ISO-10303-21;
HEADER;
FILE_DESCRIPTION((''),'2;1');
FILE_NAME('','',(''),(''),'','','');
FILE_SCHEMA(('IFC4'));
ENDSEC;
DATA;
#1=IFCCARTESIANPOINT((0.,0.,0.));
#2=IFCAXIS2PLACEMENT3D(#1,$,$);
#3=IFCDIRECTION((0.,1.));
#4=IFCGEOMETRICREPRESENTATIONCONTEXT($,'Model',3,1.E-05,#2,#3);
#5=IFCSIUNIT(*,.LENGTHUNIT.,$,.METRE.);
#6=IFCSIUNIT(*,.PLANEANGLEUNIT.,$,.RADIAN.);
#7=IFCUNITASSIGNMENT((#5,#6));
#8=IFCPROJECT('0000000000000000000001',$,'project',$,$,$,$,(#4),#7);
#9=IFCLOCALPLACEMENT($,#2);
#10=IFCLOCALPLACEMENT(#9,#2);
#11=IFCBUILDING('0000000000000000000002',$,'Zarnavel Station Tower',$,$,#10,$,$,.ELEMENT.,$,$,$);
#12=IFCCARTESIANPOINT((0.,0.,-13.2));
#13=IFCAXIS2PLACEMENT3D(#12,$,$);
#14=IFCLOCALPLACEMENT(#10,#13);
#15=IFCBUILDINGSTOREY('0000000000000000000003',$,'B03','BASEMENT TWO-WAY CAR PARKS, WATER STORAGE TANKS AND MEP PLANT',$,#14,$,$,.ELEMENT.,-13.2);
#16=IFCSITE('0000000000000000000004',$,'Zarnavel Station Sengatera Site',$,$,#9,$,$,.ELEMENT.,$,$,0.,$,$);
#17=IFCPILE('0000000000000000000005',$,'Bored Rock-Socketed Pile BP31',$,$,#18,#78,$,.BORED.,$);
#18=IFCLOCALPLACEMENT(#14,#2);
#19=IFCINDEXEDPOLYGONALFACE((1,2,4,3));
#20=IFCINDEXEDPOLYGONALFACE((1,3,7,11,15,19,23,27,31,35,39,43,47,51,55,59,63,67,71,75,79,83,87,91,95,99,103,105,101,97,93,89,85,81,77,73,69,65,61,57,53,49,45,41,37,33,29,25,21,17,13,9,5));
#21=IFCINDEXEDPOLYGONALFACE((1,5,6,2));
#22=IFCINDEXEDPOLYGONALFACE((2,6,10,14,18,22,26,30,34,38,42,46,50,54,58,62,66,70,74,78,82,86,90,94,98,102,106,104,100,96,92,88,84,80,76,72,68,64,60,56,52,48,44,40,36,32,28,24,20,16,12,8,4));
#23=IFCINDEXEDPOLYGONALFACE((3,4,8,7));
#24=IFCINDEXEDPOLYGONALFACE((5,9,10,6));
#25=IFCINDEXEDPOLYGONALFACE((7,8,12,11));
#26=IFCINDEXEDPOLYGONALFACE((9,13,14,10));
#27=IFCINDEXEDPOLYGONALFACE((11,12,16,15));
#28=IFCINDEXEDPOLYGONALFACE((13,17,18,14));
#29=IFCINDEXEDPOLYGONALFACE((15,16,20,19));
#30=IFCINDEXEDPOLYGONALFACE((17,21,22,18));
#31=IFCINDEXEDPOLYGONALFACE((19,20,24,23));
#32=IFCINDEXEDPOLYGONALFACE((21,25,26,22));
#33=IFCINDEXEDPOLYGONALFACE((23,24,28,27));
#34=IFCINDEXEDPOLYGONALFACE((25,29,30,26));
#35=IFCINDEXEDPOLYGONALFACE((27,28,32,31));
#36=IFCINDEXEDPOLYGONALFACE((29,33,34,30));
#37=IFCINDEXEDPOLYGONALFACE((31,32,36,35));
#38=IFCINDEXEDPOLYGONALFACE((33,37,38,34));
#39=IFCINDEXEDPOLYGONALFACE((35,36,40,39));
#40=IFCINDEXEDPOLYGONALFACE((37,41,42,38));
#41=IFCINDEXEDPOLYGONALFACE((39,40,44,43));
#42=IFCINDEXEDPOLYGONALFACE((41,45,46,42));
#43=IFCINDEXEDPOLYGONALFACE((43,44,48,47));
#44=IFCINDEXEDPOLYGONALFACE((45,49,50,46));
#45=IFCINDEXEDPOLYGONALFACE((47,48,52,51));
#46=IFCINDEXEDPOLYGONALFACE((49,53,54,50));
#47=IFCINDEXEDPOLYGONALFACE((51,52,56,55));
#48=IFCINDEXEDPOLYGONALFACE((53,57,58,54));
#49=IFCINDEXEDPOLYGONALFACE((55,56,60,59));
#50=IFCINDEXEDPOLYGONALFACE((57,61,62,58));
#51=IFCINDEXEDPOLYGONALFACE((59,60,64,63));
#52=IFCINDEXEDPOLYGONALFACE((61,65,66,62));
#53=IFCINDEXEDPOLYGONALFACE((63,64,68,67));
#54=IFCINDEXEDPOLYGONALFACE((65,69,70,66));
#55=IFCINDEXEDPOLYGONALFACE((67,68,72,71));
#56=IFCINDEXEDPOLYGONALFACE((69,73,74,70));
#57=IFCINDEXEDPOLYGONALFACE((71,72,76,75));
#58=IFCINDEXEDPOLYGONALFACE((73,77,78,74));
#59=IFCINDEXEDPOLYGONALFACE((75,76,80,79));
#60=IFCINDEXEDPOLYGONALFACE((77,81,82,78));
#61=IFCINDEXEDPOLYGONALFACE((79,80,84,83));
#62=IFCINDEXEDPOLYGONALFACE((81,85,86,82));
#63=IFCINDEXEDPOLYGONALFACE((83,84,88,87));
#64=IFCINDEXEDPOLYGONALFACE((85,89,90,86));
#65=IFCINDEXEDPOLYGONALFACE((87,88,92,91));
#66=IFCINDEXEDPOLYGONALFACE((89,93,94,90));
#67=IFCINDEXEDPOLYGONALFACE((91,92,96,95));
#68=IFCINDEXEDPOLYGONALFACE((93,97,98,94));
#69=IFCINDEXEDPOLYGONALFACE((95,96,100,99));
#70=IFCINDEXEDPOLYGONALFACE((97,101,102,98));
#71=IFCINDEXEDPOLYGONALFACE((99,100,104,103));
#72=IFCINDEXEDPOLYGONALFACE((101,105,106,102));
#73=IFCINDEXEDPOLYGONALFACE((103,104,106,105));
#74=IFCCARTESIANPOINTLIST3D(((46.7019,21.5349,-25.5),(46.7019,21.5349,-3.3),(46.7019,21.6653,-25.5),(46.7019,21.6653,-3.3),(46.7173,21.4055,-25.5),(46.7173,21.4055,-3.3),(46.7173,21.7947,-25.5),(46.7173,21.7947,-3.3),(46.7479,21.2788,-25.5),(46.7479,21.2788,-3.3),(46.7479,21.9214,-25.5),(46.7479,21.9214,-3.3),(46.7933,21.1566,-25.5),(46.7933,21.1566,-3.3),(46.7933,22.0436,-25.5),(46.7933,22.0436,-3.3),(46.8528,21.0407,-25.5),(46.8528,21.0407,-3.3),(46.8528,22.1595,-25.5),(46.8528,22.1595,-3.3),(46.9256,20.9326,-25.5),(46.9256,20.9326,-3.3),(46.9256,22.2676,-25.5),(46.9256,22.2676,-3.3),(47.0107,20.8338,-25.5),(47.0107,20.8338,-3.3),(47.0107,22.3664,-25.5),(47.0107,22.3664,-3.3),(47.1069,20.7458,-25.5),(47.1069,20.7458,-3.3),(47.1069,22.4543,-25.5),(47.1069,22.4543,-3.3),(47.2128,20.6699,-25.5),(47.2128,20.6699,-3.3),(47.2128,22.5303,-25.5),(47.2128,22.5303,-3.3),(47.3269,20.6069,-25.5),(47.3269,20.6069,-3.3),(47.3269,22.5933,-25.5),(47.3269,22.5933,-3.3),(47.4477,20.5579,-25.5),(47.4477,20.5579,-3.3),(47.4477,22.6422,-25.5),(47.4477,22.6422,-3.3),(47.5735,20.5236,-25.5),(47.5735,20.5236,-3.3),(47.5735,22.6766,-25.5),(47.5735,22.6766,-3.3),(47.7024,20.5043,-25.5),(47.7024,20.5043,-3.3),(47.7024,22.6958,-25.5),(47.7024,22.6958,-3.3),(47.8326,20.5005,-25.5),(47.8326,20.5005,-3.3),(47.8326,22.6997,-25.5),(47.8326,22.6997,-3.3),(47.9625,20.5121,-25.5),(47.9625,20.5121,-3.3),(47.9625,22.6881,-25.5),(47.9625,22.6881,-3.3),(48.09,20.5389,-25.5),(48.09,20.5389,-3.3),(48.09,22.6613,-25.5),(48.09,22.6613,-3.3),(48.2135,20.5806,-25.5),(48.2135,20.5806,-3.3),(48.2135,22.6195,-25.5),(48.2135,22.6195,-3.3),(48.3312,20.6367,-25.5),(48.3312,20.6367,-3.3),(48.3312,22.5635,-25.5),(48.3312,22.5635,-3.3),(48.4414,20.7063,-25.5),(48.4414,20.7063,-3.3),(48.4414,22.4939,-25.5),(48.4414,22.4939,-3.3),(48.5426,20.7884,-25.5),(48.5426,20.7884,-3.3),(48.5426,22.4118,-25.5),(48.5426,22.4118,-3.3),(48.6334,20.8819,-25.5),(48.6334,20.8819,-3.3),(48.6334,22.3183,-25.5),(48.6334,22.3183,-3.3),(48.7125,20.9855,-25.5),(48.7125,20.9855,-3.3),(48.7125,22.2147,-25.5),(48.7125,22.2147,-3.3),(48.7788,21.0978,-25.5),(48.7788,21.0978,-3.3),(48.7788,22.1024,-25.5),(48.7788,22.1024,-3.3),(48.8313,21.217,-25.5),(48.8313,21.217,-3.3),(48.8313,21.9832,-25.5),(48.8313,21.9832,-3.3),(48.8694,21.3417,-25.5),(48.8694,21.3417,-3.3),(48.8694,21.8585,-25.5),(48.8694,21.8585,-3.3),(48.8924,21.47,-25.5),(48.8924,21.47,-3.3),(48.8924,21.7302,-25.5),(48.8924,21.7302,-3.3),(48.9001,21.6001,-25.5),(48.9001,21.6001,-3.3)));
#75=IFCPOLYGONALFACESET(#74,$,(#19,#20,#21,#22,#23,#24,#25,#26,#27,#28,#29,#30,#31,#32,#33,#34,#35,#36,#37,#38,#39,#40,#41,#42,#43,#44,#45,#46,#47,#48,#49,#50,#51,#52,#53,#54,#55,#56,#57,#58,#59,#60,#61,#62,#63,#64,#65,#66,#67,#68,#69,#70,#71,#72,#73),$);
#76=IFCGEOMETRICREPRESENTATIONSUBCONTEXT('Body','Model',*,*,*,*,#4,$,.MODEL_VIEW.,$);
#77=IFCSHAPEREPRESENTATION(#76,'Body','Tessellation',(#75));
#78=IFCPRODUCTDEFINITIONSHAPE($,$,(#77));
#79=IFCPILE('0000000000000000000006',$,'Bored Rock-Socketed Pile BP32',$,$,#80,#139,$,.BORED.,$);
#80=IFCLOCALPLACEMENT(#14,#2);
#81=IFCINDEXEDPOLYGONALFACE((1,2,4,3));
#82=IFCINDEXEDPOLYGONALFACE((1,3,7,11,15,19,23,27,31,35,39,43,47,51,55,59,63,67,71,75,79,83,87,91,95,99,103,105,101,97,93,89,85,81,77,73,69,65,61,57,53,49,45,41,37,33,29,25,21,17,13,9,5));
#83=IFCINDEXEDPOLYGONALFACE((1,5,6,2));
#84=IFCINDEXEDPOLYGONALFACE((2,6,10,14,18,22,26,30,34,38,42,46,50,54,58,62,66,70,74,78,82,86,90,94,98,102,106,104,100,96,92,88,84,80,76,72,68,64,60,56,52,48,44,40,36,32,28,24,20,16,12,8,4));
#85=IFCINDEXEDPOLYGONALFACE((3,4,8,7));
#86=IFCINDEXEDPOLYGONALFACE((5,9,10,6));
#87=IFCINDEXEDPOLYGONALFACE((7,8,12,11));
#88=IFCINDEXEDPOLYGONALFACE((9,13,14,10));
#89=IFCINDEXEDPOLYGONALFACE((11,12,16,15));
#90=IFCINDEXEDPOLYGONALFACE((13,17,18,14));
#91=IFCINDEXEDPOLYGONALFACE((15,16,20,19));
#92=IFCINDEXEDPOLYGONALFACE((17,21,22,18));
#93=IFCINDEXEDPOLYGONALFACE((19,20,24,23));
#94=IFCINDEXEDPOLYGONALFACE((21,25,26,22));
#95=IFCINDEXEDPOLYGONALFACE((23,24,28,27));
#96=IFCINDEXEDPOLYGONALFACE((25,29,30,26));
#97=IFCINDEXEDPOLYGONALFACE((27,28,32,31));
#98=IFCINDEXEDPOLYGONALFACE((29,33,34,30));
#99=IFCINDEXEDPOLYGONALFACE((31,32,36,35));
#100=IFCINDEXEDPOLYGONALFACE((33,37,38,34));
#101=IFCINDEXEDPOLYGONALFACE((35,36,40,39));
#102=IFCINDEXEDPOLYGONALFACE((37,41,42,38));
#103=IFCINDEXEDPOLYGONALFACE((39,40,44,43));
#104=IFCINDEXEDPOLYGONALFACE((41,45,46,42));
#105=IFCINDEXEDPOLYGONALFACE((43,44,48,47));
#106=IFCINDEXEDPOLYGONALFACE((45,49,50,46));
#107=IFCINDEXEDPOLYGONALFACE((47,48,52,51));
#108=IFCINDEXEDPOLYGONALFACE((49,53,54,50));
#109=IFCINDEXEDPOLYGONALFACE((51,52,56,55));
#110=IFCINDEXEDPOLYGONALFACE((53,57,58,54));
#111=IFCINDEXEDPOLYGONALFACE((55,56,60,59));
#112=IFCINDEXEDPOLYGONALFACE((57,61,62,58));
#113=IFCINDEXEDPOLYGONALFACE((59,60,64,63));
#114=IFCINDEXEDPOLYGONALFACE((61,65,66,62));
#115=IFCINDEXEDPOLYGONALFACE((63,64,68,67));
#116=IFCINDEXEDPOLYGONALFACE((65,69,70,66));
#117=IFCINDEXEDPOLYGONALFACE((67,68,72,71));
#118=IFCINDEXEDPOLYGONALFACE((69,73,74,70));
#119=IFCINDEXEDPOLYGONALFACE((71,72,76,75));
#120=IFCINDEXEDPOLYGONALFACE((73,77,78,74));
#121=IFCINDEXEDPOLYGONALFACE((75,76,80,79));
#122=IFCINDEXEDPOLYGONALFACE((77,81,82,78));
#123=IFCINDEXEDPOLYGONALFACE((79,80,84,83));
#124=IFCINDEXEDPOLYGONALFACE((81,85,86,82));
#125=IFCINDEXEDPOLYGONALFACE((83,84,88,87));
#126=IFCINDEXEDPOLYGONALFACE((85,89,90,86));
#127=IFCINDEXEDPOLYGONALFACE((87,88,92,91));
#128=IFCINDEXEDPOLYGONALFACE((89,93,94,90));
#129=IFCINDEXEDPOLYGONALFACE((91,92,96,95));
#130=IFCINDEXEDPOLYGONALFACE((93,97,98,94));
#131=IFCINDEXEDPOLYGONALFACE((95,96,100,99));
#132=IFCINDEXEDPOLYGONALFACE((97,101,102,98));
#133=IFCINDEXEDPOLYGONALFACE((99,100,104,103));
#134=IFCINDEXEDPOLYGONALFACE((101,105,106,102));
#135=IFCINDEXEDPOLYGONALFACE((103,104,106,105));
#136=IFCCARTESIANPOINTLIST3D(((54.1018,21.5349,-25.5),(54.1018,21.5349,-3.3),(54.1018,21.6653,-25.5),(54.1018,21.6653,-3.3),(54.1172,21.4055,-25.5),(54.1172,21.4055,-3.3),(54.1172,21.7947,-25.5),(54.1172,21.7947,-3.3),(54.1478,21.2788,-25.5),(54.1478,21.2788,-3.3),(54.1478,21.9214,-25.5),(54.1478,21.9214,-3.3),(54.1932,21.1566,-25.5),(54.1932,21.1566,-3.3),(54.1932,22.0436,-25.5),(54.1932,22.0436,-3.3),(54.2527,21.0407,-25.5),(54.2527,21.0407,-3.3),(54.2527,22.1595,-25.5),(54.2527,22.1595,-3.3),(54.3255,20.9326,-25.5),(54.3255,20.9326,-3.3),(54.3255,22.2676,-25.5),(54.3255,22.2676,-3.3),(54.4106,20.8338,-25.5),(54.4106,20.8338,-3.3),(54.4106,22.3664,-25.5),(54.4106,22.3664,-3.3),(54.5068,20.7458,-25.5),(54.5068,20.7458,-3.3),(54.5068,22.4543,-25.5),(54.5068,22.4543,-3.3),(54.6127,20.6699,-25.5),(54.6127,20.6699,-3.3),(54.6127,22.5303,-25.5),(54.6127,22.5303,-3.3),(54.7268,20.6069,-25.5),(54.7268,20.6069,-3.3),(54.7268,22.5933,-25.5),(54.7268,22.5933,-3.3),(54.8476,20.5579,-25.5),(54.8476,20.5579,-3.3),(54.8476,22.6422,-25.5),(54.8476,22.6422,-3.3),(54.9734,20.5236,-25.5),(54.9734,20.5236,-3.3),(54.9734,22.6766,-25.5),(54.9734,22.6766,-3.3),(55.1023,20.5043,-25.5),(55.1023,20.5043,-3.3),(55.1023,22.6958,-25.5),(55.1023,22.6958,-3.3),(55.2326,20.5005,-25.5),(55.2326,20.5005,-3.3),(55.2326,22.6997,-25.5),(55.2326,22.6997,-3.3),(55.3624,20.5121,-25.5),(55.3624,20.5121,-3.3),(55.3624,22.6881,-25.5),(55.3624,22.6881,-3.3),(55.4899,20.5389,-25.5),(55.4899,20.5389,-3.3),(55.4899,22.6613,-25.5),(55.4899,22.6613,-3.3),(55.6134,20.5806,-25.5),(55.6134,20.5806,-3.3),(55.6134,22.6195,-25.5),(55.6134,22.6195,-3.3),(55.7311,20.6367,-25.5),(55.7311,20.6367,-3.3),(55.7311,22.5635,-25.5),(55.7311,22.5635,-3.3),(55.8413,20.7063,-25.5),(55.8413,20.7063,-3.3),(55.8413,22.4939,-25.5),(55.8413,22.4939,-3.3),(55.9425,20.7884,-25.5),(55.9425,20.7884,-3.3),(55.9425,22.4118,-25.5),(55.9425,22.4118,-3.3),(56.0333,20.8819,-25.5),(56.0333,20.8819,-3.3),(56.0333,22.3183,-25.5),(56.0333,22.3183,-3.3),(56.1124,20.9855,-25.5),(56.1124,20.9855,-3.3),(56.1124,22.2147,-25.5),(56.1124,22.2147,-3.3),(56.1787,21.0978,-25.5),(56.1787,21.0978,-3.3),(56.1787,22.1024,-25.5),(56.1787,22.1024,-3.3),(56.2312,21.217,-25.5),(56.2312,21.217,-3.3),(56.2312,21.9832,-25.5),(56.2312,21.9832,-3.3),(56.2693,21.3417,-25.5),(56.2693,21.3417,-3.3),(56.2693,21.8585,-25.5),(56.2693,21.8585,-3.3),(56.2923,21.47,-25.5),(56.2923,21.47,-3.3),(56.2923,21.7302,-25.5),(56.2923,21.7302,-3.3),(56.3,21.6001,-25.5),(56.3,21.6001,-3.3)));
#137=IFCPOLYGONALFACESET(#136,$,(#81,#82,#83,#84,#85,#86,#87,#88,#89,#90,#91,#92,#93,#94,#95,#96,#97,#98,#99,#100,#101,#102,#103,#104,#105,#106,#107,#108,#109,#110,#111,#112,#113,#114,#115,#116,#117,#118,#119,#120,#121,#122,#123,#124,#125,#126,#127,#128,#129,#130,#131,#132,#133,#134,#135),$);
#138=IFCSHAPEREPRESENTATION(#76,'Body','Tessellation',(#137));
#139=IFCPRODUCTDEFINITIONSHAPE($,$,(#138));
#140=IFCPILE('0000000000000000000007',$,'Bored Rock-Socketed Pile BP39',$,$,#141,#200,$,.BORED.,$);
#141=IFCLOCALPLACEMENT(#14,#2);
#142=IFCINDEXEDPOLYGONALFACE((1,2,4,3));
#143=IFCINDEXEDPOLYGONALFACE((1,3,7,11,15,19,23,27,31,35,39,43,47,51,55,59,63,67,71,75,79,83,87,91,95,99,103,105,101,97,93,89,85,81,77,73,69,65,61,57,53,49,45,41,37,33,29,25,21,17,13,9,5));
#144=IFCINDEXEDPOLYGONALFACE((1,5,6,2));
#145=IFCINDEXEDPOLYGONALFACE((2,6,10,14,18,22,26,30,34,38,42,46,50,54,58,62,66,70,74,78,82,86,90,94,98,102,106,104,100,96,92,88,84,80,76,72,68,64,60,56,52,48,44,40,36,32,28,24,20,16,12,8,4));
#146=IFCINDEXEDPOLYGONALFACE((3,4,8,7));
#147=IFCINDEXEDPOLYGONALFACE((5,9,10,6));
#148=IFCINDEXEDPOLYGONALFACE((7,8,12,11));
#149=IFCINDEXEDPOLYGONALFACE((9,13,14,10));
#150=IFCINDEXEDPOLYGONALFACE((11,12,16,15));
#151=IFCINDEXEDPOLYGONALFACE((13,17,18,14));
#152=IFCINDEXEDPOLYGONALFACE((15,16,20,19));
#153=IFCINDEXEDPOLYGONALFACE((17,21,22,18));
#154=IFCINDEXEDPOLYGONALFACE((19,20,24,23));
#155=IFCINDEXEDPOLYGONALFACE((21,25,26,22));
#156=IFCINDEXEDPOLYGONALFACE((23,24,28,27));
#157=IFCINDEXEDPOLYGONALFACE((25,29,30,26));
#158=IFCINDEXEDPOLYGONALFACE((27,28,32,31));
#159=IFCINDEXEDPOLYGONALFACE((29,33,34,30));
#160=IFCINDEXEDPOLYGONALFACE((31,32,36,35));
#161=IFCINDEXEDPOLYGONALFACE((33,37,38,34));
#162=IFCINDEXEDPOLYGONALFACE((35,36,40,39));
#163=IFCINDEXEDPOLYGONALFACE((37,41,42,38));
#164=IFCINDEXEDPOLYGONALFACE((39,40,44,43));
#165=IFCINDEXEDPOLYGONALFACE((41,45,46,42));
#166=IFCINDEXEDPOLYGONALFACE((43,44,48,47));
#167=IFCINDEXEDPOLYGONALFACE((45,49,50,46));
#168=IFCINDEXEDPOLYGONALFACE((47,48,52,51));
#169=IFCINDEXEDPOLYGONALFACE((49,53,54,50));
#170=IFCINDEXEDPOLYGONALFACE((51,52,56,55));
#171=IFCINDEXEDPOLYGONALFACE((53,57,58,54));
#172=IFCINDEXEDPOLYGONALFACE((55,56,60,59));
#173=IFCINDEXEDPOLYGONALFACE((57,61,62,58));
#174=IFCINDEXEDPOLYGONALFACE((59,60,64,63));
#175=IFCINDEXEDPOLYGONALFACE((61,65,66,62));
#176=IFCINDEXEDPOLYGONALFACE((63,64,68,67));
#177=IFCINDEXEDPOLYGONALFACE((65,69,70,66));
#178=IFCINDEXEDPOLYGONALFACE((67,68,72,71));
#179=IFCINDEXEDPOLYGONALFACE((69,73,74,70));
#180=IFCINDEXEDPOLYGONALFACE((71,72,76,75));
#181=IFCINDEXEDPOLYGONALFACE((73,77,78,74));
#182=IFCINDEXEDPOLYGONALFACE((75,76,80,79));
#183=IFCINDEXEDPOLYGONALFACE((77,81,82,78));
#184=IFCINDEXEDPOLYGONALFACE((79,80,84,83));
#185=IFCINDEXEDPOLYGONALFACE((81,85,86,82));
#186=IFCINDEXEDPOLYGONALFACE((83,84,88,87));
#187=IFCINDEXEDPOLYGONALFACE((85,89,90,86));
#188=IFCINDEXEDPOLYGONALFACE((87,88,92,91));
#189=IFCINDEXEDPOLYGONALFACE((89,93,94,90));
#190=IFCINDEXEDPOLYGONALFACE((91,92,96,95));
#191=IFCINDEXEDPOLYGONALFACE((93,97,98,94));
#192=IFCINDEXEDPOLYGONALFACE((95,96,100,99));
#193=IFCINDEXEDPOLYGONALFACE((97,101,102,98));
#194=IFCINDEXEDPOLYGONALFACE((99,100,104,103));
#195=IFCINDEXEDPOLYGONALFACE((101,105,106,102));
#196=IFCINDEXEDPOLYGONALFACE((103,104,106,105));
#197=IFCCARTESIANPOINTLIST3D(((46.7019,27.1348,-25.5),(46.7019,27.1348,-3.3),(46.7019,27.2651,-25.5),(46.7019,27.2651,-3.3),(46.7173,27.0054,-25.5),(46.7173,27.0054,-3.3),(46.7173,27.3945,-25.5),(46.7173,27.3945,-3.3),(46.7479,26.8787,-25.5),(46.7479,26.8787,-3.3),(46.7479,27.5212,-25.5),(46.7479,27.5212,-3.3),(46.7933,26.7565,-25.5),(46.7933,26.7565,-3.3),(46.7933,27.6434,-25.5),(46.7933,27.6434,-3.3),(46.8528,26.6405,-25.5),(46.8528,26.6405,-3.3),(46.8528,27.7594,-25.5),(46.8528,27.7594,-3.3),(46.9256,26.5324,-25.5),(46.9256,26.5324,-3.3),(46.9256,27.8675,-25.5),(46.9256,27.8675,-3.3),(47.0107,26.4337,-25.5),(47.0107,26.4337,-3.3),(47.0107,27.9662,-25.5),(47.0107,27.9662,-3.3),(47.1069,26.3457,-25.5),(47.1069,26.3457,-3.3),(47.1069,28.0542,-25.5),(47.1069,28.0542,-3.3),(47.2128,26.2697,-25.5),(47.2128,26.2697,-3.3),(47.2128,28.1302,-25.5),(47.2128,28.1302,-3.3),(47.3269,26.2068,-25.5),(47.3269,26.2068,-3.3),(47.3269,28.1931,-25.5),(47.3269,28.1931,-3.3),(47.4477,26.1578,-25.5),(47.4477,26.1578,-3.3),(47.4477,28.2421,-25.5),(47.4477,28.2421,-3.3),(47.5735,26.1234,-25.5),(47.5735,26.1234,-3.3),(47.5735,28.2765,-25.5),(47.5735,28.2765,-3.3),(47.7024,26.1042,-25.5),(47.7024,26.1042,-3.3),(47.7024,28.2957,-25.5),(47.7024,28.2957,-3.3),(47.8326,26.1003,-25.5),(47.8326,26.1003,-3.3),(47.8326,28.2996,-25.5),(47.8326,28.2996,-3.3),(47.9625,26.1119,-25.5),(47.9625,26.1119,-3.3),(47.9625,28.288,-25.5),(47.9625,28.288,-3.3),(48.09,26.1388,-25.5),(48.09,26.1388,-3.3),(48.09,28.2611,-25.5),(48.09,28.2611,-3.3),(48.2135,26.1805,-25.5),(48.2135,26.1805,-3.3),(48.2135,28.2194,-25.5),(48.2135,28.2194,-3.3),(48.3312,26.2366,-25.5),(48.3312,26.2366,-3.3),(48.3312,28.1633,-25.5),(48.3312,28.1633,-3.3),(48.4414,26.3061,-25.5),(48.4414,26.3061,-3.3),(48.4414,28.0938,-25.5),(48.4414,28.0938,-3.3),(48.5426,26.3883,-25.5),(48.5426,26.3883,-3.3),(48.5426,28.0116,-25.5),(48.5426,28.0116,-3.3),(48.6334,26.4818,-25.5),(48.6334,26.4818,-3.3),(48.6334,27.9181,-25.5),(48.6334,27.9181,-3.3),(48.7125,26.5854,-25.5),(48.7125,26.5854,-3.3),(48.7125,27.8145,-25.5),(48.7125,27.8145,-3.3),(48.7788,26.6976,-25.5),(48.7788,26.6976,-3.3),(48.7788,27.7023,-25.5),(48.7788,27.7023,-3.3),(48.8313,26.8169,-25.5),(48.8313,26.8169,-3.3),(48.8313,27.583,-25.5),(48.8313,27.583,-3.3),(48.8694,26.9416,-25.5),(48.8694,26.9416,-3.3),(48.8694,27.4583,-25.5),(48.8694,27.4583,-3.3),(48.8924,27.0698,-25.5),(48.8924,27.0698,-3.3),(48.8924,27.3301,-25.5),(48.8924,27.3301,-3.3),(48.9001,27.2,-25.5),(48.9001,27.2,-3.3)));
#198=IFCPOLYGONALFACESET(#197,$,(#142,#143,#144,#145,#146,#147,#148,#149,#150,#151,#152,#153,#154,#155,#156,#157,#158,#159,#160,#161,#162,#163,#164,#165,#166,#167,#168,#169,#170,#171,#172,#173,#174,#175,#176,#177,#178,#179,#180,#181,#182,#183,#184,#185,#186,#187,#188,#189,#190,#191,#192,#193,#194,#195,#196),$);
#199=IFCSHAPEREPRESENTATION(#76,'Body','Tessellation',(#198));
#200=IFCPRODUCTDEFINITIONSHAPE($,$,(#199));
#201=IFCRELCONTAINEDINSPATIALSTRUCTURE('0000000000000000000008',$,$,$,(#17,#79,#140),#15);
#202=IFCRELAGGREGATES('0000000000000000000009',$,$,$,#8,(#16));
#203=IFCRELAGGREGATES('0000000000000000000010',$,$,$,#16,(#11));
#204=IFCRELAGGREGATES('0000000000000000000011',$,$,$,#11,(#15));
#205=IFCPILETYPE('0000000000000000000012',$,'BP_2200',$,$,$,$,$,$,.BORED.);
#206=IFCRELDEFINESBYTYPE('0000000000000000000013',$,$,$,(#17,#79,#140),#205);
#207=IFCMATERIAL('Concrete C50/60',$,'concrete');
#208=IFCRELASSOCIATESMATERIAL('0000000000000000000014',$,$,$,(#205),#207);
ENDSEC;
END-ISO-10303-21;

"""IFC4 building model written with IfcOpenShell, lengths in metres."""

from ifc_helpers import new_model, si_unit, direction, frame, origin, origin_2d, place, context, subcontext, project, spatial, circle, extrude, material, material_profile, profile_set, type_object, element, save


model = new_model("IFC4")

# Units and contexts
model_context = context("Model", 3, precision=1e-05, world=origin(), true_north=direction((0.0, 1.0)))
body_context = subcontext(model_context, "Body", "Model", "MODEL_VIEW")
ifc_project = project(units=[si_unit("LENGTHUNIT", "METRE"), si_unit("PLANEANGLEUNIT", "RADIAN")], contexts=[model_context])

# Site, building, storey
site_placement = place(None, origin())
site = spatial("IfcSite", under=ifc_project, at=site_placement, Name="Zarnavel Station Sengatera Site", CompositionType="ELEMENT", RefElevation=0.0)
building_placement = place(site_placement, origin())
building = spatial("IfcBuilding", under=site, at=building_placement, Name="Zarnavel Station Tower", CompositionType="ELEMENT")
storey_placement = place(building_placement, frame((0.0, 0.0, -13.2)))
storey = spatial("IfcBuildingStorey", under=building, at=storey_placement, Name="B03", Description="BASEMENT TWO-WAY CAR PARKS, WATER STORAGE TANKS AND MEP PLANT", CompositionType="ELEMENT", Elevation=-13.2)

# Piles
ifc_material_1 = material(Name="Concrete C50/60", Category="concrete")
ifc_material_profile_1 = material_profile(ifc_material_1, circle(Radius=1.1001, at=origin_2d()), Name="PILE2200")
ifc_profile_set_1 = profile_set([ifc_material_profile_1], Name="Concrete C50/60")
pile_type = type_object("IfcPileType", Name="BP_2200", PredefinedType="BORED", material=ifc_profile_set_1)
for number, where, z_axis, x_axis, name in (
    (1, (47.8, 21.6001, -3.3), (0.0, 0.0, -1.0), (1.0, 0.0, 0.0), "Bored Rock-Socketed Pile BP31"),
    (2, (55.2, 21.6001, -3.3), (0.0, 0.0, -1.0), (1.0, 0.0, 0.0), "Bored Rock-Socketed Pile BP32"),
    (3, (47.8, 27.2, -3.3), (0.0, 0.0, -1.0), (1.0, 0.0, 0.0), "Bored Rock-Socketed Pile BP39"),
):
    element("IfcPile", number, at=place(storey_placement, frame(where, z_axis=z_axis, x_axis=x_axis)), inside=storey, type_object=pile_type, Name=name, PredefinedType="BORED", context=body_context, shape_type="SweptSolid", body=[
        extrude(circle(Radius=1.1001, at=origin_2d()), origin(), (0.0, 0.0, 1.0), 22.2),
    ])

save(model, "model.ifc")
